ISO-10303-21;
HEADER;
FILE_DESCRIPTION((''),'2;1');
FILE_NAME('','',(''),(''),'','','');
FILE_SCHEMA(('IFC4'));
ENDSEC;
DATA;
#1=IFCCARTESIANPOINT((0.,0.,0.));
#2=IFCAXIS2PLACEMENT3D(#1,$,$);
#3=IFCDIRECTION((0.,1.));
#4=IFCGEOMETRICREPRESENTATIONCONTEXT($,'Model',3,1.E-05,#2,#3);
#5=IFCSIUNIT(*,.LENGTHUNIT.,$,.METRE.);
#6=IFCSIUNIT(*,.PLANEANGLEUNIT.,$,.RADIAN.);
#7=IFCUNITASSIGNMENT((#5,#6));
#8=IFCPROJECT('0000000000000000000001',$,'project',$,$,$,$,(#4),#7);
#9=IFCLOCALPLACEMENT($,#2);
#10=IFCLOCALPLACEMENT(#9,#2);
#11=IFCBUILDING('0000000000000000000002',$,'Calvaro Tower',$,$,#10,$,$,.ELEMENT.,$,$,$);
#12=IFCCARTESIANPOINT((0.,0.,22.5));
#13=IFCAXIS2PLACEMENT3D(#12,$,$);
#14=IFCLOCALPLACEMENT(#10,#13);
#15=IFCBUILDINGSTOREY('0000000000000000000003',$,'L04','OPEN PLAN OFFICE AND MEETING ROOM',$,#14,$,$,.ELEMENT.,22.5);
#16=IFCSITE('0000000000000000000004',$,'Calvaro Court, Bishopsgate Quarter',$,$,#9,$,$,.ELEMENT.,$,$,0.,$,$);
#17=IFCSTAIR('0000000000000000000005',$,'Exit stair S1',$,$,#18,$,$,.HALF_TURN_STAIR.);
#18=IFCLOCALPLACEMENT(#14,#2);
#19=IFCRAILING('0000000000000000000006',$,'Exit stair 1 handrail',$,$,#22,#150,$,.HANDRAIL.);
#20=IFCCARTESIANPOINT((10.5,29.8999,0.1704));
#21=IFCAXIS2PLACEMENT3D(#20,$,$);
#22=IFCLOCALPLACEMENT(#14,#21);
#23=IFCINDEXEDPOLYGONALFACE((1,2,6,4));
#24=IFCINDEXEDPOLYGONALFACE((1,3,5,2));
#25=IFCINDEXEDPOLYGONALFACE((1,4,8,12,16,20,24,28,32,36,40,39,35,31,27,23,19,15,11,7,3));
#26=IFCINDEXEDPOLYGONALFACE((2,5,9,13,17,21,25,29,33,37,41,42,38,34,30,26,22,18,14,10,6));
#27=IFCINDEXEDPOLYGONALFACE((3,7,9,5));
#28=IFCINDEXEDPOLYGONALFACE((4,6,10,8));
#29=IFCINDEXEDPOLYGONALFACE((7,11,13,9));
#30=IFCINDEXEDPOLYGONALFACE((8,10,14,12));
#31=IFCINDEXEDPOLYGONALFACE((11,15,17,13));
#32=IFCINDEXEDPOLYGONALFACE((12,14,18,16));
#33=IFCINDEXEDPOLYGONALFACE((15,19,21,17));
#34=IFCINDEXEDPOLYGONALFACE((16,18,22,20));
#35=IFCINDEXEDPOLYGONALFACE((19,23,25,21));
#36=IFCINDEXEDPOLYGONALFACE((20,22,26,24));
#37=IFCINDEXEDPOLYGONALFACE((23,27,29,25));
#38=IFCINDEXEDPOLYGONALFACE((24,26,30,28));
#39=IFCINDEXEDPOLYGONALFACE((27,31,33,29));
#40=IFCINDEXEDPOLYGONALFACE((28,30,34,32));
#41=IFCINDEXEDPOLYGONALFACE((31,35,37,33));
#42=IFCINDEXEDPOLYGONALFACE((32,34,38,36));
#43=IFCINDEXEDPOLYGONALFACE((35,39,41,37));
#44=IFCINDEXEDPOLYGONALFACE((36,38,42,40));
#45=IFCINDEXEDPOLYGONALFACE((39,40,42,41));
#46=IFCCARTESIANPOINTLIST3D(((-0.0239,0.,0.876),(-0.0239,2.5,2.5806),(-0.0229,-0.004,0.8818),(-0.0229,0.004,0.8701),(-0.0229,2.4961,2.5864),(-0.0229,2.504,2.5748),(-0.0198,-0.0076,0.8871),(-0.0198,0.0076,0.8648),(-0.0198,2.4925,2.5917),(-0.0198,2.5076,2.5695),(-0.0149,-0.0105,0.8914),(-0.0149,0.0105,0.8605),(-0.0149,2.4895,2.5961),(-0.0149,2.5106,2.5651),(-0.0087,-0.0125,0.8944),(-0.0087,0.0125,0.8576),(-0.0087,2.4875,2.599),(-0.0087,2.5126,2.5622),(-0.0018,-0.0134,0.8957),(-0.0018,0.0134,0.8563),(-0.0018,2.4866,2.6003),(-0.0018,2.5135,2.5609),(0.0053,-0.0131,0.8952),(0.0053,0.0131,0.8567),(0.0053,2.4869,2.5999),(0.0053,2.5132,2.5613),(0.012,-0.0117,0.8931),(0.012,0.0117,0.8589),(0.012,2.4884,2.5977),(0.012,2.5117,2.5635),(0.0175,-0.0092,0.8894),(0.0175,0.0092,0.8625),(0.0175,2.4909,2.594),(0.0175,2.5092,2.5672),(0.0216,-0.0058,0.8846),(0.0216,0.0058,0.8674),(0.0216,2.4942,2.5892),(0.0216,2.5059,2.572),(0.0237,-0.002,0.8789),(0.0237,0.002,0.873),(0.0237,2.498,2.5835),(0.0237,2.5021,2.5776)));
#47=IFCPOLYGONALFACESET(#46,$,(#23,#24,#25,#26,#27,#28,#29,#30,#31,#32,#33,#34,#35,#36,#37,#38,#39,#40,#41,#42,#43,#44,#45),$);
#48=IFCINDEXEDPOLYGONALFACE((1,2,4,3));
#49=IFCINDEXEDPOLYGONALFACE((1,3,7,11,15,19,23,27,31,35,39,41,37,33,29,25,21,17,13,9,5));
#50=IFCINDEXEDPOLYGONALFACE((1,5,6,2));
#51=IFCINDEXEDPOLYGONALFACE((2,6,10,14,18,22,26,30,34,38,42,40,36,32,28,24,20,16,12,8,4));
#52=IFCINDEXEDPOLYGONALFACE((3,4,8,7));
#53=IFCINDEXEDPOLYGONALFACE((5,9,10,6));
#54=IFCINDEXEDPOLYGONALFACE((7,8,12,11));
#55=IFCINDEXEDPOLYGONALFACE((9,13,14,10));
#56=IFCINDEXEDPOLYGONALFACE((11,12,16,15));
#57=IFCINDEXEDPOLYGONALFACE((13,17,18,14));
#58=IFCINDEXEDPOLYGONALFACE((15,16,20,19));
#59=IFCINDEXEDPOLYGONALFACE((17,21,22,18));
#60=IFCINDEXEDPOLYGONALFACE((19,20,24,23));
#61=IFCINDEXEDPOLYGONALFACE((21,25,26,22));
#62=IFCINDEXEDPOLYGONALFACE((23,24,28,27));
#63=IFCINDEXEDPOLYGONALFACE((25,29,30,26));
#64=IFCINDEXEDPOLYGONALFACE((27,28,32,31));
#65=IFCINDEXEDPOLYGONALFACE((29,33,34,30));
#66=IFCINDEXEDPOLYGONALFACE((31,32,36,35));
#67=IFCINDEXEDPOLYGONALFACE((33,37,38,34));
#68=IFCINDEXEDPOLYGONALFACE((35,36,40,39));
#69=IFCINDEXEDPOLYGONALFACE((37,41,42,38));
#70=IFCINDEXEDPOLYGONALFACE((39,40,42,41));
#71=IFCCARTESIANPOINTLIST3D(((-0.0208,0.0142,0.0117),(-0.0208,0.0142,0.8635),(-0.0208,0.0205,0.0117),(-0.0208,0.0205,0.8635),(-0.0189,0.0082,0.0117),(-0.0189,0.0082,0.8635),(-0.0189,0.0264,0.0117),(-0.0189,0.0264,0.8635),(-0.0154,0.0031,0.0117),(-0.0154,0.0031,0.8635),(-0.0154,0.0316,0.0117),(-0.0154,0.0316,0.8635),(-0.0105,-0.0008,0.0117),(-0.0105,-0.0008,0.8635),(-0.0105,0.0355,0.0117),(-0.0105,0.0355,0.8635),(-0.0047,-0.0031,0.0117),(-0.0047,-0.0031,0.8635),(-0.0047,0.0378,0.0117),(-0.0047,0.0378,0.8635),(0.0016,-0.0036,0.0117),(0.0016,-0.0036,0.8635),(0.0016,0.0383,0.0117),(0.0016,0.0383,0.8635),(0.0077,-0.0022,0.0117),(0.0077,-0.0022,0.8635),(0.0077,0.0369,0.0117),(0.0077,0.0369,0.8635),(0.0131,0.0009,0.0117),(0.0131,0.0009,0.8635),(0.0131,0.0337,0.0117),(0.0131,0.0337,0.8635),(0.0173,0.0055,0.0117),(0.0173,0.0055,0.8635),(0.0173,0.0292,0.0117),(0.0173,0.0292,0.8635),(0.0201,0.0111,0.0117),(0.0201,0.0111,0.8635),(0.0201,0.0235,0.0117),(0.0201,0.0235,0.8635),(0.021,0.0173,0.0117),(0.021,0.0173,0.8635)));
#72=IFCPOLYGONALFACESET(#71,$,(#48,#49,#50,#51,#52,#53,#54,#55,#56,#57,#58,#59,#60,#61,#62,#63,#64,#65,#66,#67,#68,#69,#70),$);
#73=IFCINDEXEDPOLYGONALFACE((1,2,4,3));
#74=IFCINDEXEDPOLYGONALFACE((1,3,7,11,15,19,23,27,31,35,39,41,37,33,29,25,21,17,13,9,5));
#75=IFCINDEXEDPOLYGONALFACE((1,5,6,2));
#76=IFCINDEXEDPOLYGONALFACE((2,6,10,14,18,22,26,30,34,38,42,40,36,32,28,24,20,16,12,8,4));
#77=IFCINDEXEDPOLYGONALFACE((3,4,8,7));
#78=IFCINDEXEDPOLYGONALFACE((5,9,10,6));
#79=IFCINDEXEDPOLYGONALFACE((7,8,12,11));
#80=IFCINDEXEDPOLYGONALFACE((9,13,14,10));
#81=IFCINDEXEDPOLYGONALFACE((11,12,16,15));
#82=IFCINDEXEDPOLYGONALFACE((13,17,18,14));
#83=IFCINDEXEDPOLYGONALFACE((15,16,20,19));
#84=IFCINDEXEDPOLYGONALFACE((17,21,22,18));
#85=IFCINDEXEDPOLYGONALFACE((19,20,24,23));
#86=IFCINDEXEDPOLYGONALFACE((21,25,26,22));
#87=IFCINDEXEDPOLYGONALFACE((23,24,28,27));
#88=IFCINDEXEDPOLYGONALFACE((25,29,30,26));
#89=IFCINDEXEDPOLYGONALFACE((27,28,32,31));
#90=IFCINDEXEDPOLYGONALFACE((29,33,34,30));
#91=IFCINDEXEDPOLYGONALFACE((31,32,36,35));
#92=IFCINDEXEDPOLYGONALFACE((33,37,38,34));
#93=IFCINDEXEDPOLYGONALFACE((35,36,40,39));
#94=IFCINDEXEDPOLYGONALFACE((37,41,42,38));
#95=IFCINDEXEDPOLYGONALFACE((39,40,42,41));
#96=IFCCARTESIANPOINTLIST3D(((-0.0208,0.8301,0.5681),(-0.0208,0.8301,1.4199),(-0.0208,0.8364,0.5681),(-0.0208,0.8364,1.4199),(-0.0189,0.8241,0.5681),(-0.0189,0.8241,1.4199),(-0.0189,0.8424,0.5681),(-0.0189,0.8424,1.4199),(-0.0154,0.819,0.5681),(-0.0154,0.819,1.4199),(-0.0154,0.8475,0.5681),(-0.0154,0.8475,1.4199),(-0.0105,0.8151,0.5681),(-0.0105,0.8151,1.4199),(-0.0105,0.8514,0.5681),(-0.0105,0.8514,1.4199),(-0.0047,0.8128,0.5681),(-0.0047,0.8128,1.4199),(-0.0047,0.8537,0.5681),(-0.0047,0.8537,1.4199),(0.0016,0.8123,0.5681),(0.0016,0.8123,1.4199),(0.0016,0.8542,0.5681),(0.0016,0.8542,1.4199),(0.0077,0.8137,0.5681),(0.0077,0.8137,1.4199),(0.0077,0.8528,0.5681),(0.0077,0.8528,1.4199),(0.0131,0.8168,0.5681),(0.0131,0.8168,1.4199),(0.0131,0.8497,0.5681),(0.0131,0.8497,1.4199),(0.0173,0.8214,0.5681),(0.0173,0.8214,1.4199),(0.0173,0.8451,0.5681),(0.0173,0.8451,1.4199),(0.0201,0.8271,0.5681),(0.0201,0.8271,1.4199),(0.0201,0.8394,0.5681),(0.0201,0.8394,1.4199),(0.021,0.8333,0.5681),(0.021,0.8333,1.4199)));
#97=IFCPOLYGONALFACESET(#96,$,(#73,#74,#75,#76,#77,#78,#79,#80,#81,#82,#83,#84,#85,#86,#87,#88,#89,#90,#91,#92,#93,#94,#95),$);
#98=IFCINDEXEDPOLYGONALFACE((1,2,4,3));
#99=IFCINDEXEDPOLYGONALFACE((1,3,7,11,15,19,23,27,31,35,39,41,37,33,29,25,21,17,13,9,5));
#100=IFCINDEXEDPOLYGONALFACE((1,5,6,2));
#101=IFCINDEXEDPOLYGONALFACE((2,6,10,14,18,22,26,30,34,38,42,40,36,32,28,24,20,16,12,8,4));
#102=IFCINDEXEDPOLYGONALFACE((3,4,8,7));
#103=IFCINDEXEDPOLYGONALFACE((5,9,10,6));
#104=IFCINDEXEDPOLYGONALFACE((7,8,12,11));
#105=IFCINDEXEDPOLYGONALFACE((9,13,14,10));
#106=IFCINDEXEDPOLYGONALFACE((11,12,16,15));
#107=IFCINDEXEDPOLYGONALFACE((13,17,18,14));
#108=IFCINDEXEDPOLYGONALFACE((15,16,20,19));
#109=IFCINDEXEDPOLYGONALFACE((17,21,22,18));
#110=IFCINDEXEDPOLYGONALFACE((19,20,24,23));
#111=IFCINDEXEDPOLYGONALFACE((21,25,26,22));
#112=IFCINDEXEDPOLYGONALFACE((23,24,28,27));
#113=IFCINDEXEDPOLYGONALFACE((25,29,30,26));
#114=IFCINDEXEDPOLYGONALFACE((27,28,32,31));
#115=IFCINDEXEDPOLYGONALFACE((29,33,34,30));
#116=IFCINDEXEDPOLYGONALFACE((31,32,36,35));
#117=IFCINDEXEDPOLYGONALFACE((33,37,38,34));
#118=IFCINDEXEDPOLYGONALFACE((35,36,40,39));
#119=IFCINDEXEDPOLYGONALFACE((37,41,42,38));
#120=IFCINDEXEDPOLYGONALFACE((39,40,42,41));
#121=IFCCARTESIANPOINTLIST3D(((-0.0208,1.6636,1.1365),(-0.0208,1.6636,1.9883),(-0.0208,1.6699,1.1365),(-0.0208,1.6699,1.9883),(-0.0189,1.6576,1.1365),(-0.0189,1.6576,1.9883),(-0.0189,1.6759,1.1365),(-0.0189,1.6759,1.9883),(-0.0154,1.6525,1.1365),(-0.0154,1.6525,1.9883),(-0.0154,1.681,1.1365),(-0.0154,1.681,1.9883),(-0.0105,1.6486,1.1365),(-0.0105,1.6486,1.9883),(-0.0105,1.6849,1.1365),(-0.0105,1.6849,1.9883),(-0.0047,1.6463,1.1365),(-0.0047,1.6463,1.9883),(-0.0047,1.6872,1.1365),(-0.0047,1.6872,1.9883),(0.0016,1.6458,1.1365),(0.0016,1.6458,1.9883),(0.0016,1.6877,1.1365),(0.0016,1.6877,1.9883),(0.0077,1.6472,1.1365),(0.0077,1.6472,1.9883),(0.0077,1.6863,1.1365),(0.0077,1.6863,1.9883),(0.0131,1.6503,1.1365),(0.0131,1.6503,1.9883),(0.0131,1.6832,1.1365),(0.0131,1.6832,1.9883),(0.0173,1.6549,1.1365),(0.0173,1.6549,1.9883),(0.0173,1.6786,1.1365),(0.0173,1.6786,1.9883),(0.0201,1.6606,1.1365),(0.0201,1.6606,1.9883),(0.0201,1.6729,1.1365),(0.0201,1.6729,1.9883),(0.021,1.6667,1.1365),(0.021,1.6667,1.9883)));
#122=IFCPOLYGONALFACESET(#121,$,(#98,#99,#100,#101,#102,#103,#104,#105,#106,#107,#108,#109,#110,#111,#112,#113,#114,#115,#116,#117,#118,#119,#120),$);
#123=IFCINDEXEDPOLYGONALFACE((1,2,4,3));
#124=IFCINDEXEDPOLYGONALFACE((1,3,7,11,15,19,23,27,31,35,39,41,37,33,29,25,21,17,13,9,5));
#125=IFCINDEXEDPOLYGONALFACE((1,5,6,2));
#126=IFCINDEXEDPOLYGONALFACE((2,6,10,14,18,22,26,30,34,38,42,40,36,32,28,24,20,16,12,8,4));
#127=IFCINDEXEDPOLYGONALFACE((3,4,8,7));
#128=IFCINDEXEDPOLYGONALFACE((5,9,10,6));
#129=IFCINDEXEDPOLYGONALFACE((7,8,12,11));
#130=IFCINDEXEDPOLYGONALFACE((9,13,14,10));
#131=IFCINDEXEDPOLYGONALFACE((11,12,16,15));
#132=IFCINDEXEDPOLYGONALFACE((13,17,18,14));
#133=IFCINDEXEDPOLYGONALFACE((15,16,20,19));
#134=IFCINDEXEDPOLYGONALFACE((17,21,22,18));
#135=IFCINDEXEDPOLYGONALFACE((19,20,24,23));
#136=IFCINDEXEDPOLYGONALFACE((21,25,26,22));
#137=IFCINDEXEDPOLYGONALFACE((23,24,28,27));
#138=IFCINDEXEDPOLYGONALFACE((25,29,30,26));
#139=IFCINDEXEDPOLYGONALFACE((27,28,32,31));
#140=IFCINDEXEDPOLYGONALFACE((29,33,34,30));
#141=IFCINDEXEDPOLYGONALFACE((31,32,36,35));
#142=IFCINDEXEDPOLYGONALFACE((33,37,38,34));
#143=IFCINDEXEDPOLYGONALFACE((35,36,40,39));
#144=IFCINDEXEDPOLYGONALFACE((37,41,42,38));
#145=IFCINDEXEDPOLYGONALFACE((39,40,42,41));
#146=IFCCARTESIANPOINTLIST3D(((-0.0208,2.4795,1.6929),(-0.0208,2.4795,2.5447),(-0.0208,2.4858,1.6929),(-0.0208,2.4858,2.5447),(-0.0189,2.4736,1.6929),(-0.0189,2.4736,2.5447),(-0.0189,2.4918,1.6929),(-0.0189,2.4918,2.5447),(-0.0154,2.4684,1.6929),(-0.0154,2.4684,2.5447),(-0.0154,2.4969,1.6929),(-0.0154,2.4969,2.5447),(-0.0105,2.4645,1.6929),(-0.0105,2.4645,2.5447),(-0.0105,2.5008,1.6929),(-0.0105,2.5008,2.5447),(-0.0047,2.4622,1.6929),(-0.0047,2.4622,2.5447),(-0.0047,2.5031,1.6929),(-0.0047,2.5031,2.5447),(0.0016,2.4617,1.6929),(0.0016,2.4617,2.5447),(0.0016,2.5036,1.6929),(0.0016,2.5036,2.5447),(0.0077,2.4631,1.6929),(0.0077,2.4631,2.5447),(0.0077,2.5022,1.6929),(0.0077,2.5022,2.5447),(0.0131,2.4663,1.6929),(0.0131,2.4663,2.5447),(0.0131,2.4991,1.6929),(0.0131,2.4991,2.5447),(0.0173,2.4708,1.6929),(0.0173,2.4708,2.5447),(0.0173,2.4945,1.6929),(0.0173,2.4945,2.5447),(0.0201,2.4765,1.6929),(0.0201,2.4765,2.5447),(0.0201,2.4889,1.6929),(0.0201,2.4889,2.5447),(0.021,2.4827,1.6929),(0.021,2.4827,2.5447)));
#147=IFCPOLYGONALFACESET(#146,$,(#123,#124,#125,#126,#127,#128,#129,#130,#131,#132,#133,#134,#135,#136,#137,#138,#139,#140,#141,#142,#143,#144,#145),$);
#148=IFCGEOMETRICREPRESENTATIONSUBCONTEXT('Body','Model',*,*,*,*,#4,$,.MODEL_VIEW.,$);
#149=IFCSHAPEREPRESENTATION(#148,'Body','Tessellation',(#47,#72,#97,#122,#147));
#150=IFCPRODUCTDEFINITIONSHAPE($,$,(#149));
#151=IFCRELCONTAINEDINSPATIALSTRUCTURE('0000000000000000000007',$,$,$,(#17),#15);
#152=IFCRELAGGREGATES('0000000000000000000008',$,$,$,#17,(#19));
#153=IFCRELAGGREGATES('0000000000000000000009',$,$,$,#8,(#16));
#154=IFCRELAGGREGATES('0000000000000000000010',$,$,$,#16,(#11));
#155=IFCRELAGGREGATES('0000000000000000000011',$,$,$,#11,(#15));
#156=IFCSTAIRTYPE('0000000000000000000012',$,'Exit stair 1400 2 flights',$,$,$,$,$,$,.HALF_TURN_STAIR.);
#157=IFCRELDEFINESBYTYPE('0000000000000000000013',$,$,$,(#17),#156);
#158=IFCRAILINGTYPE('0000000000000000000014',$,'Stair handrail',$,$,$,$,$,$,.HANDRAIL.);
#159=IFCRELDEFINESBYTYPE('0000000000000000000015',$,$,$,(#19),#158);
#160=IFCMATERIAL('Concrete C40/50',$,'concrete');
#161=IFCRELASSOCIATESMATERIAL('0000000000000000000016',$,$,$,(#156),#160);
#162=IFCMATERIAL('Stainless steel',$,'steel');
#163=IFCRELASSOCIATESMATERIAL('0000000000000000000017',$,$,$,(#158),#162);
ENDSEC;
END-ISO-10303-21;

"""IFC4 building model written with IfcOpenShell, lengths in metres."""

from ifc_helpers import new_model, si_unit, direction, frame, origin, origin_2d, place, context, subcontext, project, spatial, circle, extrude, material, type_object, element, aggregate, save


model = new_model("IFC4")

# Units and contexts
model_context = context("Model", 3, precision=1e-05, world=origin(), true_north=direction((0.0, 1.0)))
body_context = subcontext(model_context, "Body", "Model", "MODEL_VIEW")
ifc_project = project(units=[si_unit("LENGTHUNIT", "METRE"), si_unit("PLANEANGLEUNIT", "RADIAN")], contexts=[model_context])

# Site, building, storey
site_placement = place(None, origin())
site = spatial("IfcSite", under=ifc_project, at=site_placement, Name="Calvaro Court, Bishopsgate Quarter", CompositionType="ELEMENT", RefElevation=0.0)
building_placement = place(site_placement, origin())
building = spatial("IfcBuilding", under=site, at=building_placement, Name="Calvaro Tower", CompositionType="ELEMENT")
storey_placement = place(building_placement, frame((0.0, 0.0, 22.5)))
storey = spatial("IfcBuildingStorey", under=building, at=storey_placement, Name="L04", Description="OPEN PLAN OFFICE AND MEETING ROOM", CompositionType="ELEMENT", Elevation=22.5)

# Stair, railing
ifc_material_1 = material(Name="Concrete C40/50", Category="concrete")
stair_type = type_object("IfcStairType", Name="Exit stair 1400 2 flights", PredefinedType="HALF_TURN_STAIR", material=ifc_material_1)
stair_placement = place(storey_placement, origin())
stair = element("IfcStair", 1, at=stair_placement, inside=storey, type_object=stair_type, Name="Exit stair S1", PredefinedType="HALF_TURN_STAIR")
ifc_material_2 = material(Name="Stainless steel", Category="steel")
railing_type = type_object("IfcRailingType", Name="Stair handrail", PredefinedType="HANDRAIL", material=ifc_material_2)
railing_1_placement = place(storey_placement, frame((10.5, 29.8999, 0.1704)))
railing_1 = element("IfcRailing", 2, at=railing_1_placement, type_object=railing_type, Name="Exit stair 1 handrail", PredefinedType="HANDRAIL", context=body_context, shape_type="SweptSolid", body=[
    extrude(circle(Radius=0.0239, at=origin_2d()), frame((0.0, 0.0, 0.876), z_axis=(0.0, 0.826221, 0.563347), x_axis=(-1.0, 0.0, 0.0)), (0.0, 0.0, 1.0), 3.0259),
    extrude(circle(Radius=0.021, at=origin_2d()), frame((0.0, 0.0173, 0.0117)), (0.0, 0.0, 1.0), 0.8518),
    extrude(circle(Radius=0.021, at=origin_2d()), frame((0.0, 0.8333, 0.5681)), (0.0, 0.0, 1.0), 0.8518),
    extrude(circle(Radius=0.021, at=origin_2d()), frame((0.0, 1.6667, 1.1365)), (0.0, 0.0, 1.0), 0.8518),
    extrude(circle(Radius=0.021, at=origin_2d()), frame((0.0, 2.4827, 1.6929)), (0.0, 0.0, 1.0), 0.8518),
])
aggregate(stair, [railing_1])

save(model, "model.ifc")
